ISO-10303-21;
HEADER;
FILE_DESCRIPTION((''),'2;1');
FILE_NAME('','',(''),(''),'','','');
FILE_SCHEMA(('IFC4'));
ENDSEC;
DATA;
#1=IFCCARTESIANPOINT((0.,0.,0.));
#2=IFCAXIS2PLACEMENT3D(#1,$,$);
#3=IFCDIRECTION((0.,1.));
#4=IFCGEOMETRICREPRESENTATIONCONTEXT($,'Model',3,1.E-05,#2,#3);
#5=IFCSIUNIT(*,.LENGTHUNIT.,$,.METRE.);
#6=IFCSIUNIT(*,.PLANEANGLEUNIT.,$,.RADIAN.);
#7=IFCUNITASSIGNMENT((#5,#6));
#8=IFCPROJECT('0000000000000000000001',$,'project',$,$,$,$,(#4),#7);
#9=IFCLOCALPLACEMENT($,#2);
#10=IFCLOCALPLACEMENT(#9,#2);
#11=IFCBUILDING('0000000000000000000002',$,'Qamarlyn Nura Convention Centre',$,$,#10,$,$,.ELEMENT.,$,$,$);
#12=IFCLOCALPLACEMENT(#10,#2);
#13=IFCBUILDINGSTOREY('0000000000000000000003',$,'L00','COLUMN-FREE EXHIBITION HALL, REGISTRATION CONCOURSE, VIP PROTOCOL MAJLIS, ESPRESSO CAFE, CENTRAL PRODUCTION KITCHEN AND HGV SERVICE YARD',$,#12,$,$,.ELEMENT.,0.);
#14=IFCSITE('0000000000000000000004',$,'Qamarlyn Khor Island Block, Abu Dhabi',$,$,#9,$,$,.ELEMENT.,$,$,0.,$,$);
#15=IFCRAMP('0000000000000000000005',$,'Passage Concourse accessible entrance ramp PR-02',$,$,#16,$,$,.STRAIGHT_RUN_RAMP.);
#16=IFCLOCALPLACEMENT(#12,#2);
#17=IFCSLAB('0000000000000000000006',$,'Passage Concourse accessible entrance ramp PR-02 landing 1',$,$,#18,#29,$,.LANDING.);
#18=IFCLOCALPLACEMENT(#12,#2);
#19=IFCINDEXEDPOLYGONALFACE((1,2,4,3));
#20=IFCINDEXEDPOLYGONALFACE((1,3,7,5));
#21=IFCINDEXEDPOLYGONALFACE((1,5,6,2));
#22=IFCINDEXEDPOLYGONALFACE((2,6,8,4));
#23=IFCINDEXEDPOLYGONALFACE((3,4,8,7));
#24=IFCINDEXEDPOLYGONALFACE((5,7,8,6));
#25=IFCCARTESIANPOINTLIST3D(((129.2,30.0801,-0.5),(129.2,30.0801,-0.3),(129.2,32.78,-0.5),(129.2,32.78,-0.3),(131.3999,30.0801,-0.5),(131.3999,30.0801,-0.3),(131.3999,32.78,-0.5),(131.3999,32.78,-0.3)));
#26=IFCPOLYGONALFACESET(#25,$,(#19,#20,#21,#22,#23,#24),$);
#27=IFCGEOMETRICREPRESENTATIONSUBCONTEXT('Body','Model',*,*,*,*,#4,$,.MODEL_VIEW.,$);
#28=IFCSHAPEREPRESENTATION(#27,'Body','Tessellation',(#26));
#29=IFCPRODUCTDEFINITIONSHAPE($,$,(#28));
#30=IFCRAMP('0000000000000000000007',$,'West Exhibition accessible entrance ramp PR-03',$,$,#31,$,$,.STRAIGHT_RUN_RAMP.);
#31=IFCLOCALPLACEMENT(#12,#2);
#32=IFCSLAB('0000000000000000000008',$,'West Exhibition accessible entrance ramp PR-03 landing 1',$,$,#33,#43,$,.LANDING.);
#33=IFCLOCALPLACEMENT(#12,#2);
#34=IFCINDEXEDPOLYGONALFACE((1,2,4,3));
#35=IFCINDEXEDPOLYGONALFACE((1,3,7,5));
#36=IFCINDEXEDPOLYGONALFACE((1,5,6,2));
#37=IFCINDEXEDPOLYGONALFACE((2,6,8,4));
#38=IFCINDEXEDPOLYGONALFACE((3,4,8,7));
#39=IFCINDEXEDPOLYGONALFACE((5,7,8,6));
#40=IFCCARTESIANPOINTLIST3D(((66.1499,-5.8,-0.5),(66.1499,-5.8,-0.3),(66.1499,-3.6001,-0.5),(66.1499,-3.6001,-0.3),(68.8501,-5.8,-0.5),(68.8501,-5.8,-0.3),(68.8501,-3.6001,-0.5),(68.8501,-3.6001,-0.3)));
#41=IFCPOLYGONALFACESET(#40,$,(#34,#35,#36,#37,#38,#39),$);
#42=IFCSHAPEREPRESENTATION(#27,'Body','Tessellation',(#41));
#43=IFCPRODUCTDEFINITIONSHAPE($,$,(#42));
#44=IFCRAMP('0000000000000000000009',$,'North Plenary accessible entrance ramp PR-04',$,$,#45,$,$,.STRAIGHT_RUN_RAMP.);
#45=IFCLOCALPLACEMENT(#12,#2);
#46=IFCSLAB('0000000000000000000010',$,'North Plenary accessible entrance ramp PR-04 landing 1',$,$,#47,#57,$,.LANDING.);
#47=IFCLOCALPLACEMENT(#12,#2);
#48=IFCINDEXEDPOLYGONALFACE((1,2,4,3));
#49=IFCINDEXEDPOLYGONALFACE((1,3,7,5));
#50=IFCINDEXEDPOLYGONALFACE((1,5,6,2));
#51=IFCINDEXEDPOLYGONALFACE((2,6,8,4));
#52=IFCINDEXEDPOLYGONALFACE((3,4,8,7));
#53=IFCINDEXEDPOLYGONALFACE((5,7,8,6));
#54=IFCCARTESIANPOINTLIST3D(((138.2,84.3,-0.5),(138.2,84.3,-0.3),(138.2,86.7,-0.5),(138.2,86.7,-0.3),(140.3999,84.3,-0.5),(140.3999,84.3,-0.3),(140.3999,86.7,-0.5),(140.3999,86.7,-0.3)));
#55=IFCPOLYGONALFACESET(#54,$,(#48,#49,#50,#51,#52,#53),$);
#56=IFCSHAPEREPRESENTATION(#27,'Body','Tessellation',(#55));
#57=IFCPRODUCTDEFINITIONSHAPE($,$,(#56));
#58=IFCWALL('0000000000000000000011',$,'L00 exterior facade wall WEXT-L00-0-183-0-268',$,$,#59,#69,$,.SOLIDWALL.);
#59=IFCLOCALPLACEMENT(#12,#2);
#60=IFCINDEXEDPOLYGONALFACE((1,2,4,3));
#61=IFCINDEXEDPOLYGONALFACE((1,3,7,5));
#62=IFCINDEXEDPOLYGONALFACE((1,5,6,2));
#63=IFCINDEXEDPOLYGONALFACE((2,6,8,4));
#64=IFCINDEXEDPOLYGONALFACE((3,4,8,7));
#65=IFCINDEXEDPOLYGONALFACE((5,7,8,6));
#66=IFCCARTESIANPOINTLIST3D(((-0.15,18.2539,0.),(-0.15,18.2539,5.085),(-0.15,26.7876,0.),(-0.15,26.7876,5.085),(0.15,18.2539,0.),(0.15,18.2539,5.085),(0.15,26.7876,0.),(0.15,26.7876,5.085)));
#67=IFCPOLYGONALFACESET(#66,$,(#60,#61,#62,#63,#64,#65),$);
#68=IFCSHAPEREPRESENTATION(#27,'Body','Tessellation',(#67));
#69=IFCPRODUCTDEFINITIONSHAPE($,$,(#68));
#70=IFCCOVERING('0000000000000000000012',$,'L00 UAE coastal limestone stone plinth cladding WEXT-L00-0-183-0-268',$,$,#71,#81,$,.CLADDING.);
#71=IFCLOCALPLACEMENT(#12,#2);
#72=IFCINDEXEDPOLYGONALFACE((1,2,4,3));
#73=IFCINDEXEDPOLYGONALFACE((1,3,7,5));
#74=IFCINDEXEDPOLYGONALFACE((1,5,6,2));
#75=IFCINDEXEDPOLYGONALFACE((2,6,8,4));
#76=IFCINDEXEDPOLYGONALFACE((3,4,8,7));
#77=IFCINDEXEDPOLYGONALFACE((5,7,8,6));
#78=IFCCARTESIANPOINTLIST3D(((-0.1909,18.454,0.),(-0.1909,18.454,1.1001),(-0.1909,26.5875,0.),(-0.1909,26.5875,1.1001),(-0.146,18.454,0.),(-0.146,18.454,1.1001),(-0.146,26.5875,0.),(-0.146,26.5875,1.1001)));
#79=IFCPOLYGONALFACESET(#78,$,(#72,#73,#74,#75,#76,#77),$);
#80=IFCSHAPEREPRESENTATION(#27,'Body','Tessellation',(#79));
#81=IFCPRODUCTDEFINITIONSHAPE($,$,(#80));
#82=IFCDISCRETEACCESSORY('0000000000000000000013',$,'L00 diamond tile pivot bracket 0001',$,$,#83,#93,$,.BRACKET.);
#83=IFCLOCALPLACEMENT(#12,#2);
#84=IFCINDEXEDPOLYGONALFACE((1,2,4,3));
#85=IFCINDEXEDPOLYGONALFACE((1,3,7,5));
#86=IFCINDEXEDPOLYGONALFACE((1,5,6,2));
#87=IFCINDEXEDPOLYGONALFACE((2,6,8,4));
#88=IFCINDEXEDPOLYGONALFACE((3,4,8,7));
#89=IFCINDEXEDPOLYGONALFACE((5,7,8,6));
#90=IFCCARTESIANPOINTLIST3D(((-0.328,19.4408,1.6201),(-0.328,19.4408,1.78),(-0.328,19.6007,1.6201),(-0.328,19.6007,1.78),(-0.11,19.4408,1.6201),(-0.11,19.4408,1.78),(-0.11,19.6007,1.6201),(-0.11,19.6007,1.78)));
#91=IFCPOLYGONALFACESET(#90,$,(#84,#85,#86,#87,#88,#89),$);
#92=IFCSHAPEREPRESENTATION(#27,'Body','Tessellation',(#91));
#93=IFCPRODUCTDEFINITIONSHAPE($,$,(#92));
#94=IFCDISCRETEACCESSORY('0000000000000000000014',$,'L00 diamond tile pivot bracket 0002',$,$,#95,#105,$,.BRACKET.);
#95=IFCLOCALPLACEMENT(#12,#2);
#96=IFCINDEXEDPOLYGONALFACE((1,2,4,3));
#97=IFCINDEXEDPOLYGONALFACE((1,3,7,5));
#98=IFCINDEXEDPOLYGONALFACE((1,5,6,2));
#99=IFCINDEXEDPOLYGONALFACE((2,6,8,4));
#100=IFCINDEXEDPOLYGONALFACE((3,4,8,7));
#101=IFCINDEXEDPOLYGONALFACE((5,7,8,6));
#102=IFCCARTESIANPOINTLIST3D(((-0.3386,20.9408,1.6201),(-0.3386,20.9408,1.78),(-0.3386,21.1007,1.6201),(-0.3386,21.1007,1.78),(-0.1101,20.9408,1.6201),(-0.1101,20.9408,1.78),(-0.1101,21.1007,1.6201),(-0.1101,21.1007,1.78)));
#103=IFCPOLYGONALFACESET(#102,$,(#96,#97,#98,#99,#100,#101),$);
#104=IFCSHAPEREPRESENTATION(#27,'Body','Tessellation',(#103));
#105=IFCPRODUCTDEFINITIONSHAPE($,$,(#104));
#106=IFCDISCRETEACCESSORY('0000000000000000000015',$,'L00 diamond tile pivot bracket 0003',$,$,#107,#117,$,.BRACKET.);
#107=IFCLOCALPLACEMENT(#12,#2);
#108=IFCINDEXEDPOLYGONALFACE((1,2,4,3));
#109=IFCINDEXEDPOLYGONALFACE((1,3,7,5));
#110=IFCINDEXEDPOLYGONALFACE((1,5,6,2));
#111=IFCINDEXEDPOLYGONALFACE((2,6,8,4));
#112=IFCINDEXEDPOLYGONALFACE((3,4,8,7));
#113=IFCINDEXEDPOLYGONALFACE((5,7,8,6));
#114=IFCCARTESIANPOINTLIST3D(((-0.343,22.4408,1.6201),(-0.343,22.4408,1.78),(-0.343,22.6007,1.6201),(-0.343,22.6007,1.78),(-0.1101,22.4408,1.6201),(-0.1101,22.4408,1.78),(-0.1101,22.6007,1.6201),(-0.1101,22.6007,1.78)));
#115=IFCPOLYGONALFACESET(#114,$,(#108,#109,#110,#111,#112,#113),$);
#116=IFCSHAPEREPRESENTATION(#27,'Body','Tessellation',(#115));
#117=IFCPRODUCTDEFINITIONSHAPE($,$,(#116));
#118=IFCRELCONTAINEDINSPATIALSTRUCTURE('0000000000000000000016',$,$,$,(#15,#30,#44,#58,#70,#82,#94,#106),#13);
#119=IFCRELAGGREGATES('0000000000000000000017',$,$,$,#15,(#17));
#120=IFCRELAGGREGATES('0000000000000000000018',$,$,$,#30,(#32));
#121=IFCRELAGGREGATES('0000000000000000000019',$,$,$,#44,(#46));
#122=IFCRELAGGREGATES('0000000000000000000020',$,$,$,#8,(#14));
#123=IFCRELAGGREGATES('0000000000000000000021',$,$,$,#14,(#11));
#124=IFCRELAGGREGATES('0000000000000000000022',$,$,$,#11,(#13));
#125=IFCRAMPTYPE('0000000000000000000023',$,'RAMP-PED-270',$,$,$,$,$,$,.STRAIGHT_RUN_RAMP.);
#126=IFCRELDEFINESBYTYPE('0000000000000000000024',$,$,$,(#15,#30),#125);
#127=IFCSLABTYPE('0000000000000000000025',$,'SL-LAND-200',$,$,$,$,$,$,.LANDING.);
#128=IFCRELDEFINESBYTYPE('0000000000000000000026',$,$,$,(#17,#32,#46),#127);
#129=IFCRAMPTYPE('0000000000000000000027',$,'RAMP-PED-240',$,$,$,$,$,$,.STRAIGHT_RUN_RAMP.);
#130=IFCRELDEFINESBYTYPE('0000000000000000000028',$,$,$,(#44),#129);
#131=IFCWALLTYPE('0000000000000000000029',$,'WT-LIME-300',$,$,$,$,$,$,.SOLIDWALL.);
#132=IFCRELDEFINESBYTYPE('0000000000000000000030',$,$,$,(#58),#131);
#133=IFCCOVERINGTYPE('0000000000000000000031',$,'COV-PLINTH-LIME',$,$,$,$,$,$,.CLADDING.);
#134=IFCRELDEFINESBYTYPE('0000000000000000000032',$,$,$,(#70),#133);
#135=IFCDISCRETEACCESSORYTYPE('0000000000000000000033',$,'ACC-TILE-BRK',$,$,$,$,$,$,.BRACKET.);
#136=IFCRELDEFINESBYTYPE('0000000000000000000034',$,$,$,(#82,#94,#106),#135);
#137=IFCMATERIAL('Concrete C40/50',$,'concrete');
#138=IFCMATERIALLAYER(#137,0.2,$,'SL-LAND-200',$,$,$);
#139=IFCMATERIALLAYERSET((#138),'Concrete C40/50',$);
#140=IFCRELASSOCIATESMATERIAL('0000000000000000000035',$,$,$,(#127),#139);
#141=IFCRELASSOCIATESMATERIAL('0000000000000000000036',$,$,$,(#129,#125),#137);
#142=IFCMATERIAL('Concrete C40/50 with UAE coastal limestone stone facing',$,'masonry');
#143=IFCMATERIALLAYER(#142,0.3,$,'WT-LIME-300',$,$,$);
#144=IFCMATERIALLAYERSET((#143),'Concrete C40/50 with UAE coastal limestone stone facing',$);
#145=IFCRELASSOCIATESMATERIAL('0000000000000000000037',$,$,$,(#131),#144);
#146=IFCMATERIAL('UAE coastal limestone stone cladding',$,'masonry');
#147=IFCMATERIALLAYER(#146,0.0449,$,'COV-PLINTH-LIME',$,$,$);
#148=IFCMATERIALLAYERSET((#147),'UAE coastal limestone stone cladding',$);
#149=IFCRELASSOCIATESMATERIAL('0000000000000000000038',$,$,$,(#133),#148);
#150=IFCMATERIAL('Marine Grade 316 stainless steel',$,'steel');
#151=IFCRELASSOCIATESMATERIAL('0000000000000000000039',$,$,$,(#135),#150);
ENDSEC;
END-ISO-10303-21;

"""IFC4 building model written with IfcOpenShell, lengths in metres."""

from ifc_helpers import new_model, si_unit, direction, frame, frame_2d, origin, origin_2d, place, context, subcontext, project, spatial, polyline, rectangle, outline, extrude, material, layer, layer_set, type_object, element, aggregate, save


model = new_model("IFC4")

# Units and contexts
model_context = context("Model", 3, precision=1e-05, world=origin(), true_north=direction((0.0, 1.0)))
body_context = subcontext(model_context, "Body", "Model", "MODEL_VIEW")
ifc_project = project(units=[si_unit("LENGTHUNIT", "METRE"), si_unit("PLANEANGLEUNIT", "RADIAN")], contexts=[model_context])

# Site, building, storey
site_placement = place(None, origin())
site = spatial("IfcSite", under=ifc_project, at=site_placement, Name="Qamarlyn Khor Island Block, Abu Dhabi", CompositionType="ELEMENT", RefElevation=0.0)
building_placement = place(site_placement, origin())
building = spatial("IfcBuilding", under=site, at=building_placement, Name="Qamarlyn Nura Convention Centre", CompositionType="ELEMENT")
storey_placement = place(building_placement, origin())
storey = spatial("IfcBuildingStorey", under=building, at=storey_placement, Name="L00", Description="COLUMN-FREE EXHIBITION HALL, REGISTRATION CONCOURSE, VIP PROTOCOL MAJLIS, ESPRESSO CAFE, CENTRAL PRODUCTION KITCHEN AND HGV SERVICE YARD", CompositionType="ELEMENT", Elevation=0.0)

# Shared definitions
ifc_material_1 = material(Name="Concrete C40/50", Category="concrete")
ifc_layer_1 = layer(ifc_material_1, 0.2, Name="SL-LAND-200")
ifc_layer_set_1 = layer_set([ifc_layer_1], Name="Concrete C40/50")
slab_type = type_object("IfcSlabType", Name="SL-LAND-200", PredefinedType="LANDING", material=ifc_layer_set_1)

# Ramps, slabs
ramp_type_1 = type_object("IfcRampType", Name="RAMP-PED-240", PredefinedType="STRAIGHT_RUN_RAMP", material=ifc_material_1)
ramp_type_2 = type_object("IfcRampType", Name="RAMP-PED-270", PredefinedType="STRAIGHT_RUN_RAMP", material=ifc_material_1)
ramp_1_placement = place(storey_placement, origin())
ramp_1 = element("IfcRamp", 1, at=ramp_1_placement, inside=storey, type_object=ramp_type_2, Name="Passage Concourse accessible entrance ramp PR-02", PredefinedType="STRAIGHT_RUN_RAMP")
slab_1_placement = place(storey_placement, frame((0.0, 0.0, -0.5)))
slab_1 = element("IfcSlab", 2, at=slab_1_placement, type_object=slab_type, Name="Passage Concourse accessible entrance ramp PR-02 landing 1", PredefinedType="LANDING", context=body_context, shape_type="SweptSolid", body=[
    extrude(outline(polyline([(129.2, 30.0801), (131.3999, 30.0801), (131.3999, 32.78), (129.2, 32.78), (129.2, 30.0801)])), origin(), (0.0, 0.0, 1.0), 0.2),
])
aggregate(ramp_1, [slab_1])
ramp_2_placement = place(storey_placement, origin())
ramp_2 = element("IfcRamp", 3, at=ramp_2_placement, inside=storey, type_object=ramp_type_2, Name="West Exhibition accessible entrance ramp PR-03", PredefinedType="STRAIGHT_RUN_RAMP")
slab_2_placement = place(storey_placement, frame((0.0, 0.0, -0.5)))
slab_2 = element("IfcSlab", 4, at=slab_2_placement, type_object=slab_type, Name="West Exhibition accessible entrance ramp PR-03 landing 1", PredefinedType="LANDING", context=body_context, shape_type="SweptSolid", body=[
    extrude(outline(polyline([(66.1499, -5.8), (68.8501, -5.8), (68.8501, -3.6001), (66.1499, -3.6001), (66.1499, -5.8)])), origin(), (0.0, 0.0, 1.0), 0.2),
])
aggregate(ramp_2, [slab_2])
ramp_3_placement = place(storey_placement, origin())
ramp_3 = element("IfcRamp", 5, at=ramp_3_placement, inside=storey, type_object=ramp_type_1, Name="North Plenary accessible entrance ramp PR-04", PredefinedType="STRAIGHT_RUN_RAMP")
slab_3_placement = place(storey_placement, frame((0.0, 0.0, -0.5)))
slab_3 = element("IfcSlab", 6, at=slab_3_placement, type_object=slab_type, Name="North Plenary accessible entrance ramp PR-04 landing 1", PredefinedType="LANDING", context=body_context, shape_type="SweptSolid", body=[
    extrude(outline(polyline([(138.2, 84.3), (140.3999, 84.3), (140.3999, 86.7), (138.2, 86.7), (138.2, 84.3)])), origin(), (0.0, 0.0, 1.0), 0.2),
])
aggregate(ramp_3, [slab_3])

# Wall
ifc_material_2 = material(Name="Concrete C40/50 with UAE coastal limestone stone facing", Category="masonry")
ifc_layer_2 = layer(ifc_material_2, 0.3, Name="WT-LIME-300")
ifc_layer_set_2 = layer_set([ifc_layer_2], Name="Concrete C40/50 with UAE coastal limestone stone facing")
wall_type = type_object("IfcWallType", Name="WT-LIME-300", PredefinedType="SOLIDWALL", material=ifc_layer_set_2)
wall_placement = place(storey_placement, frame((0.0, 18.2539, 0.0), z_axis=(0.0, 0.0, 1.0), x_axis=(0.0, 1.0, 0.0)))
element("IfcWall", 7, at=wall_placement, inside=storey, type_object=wall_type, Name="L00 exterior facade wall WEXT-L00-0-183-0-268", PredefinedType="SOLIDWALL", context=body_context, shape_type="SweptSolid", body=[
    extrude(rectangle(XDim=8.5337, YDim=0.3, at=frame_2d((4.2668, 0.0))), origin(), (0.0, 0.0, 1.0), 5.085),
])

# Covering
ifc_material_3 = material(Name="UAE coastal limestone stone cladding", Category="masonry")
ifc_layer_3 = layer(ifc_material_3, 0.0449, Name="COV-PLINTH-LIME")
ifc_layer_set_3 = layer_set([ifc_layer_3], Name="UAE coastal limestone stone cladding")
covering_type = type_object("IfcCoveringType", Name="COV-PLINTH-LIME", PredefinedType="CLADDING", material=ifc_layer_set_3)
covering_placement = place(storey_placement, frame((-0.1685, 22.5208, 0.0), z_axis=(0.0, 0.0, 1.0), x_axis=(0.0, 1.0, 0.0)))
element("IfcCovering", 8, at=covering_placement, inside=storey, type_object=covering_type, Name="L00 UAE coastal limestone stone plinth cladding WEXT-L00-0-183-0-268", PredefinedType="CLADDING", context=body_context, shape_type="SweptSolid", body=[
    extrude(rectangle(XDim=8.1335, YDim=0.0449, at=origin_2d()), origin(), (0.0, 0.0, 1.0), 1.1001),
])

# Discrete accessories
ifc_material_4 = material(Name="Marine Grade 316 stainless steel", Category="steel")
discrete_accessory_type = type_object("IfcDiscreteAccessoryType", Name="ACC-TILE-BRK", PredefinedType="BRACKET", material=ifc_material_4)
discrete_accessory_1_placement = place(storey_placement, frame((-0.219, 19.5208, 1.6201), z_axis=(0.0, 0.0, 1.0), x_axis=(-1.0, 0.0, 0.0)))
element("IfcDiscreteAccessory", 9, at=discrete_accessory_1_placement, inside=storey, type_object=discrete_accessory_type, Name="L00 diamond tile pivot bracket 0001", PredefinedType="BRACKET", context=body_context, shape_type="SweptSolid", body=[
    extrude(rectangle(XDim=0.218, YDim=0.1599, at=origin_2d()), origin(), (0.0, 0.0, 1.0), 0.1599),
])
discrete_accessory_2_placement = place(storey_placement, frame((-0.2244, 21.0208, 1.6201), z_axis=(0.0, 0.0, 1.0), x_axis=(-1.0, 0.0, 0.0)))
element("IfcDiscreteAccessory", 10, at=discrete_accessory_2_placement, inside=storey, type_object=discrete_accessory_type, Name="L00 diamond tile pivot bracket 0002", PredefinedType="BRACKET", context=body_context, shape_type="SweptSolid", body=[
    extrude(rectangle(XDim=0.2285, YDim=0.1599, at=origin_2d()), origin(), (0.0, 0.0, 1.0), 0.1599),
])
discrete_accessory_3_placement = place(storey_placement, frame((-0.2266, 22.5208, 1.6201), z_axis=(0.0, 0.0, 1.0), x_axis=(-1.0, 0.0, 0.0)))
element("IfcDiscreteAccessory", 11, at=discrete_accessory_3_placement, inside=storey, type_object=discrete_accessory_type, Name="L00 diamond tile pivot bracket 0003", PredefinedType="BRACKET", context=body_context, shape_type="SweptSolid", body=[
    extrude(rectangle(XDim=0.2329, YDim=0.1599, at=origin_2d()), origin(), (0.0, 0.0, 1.0), 0.1599),
])

save(model, "model.ifc")
